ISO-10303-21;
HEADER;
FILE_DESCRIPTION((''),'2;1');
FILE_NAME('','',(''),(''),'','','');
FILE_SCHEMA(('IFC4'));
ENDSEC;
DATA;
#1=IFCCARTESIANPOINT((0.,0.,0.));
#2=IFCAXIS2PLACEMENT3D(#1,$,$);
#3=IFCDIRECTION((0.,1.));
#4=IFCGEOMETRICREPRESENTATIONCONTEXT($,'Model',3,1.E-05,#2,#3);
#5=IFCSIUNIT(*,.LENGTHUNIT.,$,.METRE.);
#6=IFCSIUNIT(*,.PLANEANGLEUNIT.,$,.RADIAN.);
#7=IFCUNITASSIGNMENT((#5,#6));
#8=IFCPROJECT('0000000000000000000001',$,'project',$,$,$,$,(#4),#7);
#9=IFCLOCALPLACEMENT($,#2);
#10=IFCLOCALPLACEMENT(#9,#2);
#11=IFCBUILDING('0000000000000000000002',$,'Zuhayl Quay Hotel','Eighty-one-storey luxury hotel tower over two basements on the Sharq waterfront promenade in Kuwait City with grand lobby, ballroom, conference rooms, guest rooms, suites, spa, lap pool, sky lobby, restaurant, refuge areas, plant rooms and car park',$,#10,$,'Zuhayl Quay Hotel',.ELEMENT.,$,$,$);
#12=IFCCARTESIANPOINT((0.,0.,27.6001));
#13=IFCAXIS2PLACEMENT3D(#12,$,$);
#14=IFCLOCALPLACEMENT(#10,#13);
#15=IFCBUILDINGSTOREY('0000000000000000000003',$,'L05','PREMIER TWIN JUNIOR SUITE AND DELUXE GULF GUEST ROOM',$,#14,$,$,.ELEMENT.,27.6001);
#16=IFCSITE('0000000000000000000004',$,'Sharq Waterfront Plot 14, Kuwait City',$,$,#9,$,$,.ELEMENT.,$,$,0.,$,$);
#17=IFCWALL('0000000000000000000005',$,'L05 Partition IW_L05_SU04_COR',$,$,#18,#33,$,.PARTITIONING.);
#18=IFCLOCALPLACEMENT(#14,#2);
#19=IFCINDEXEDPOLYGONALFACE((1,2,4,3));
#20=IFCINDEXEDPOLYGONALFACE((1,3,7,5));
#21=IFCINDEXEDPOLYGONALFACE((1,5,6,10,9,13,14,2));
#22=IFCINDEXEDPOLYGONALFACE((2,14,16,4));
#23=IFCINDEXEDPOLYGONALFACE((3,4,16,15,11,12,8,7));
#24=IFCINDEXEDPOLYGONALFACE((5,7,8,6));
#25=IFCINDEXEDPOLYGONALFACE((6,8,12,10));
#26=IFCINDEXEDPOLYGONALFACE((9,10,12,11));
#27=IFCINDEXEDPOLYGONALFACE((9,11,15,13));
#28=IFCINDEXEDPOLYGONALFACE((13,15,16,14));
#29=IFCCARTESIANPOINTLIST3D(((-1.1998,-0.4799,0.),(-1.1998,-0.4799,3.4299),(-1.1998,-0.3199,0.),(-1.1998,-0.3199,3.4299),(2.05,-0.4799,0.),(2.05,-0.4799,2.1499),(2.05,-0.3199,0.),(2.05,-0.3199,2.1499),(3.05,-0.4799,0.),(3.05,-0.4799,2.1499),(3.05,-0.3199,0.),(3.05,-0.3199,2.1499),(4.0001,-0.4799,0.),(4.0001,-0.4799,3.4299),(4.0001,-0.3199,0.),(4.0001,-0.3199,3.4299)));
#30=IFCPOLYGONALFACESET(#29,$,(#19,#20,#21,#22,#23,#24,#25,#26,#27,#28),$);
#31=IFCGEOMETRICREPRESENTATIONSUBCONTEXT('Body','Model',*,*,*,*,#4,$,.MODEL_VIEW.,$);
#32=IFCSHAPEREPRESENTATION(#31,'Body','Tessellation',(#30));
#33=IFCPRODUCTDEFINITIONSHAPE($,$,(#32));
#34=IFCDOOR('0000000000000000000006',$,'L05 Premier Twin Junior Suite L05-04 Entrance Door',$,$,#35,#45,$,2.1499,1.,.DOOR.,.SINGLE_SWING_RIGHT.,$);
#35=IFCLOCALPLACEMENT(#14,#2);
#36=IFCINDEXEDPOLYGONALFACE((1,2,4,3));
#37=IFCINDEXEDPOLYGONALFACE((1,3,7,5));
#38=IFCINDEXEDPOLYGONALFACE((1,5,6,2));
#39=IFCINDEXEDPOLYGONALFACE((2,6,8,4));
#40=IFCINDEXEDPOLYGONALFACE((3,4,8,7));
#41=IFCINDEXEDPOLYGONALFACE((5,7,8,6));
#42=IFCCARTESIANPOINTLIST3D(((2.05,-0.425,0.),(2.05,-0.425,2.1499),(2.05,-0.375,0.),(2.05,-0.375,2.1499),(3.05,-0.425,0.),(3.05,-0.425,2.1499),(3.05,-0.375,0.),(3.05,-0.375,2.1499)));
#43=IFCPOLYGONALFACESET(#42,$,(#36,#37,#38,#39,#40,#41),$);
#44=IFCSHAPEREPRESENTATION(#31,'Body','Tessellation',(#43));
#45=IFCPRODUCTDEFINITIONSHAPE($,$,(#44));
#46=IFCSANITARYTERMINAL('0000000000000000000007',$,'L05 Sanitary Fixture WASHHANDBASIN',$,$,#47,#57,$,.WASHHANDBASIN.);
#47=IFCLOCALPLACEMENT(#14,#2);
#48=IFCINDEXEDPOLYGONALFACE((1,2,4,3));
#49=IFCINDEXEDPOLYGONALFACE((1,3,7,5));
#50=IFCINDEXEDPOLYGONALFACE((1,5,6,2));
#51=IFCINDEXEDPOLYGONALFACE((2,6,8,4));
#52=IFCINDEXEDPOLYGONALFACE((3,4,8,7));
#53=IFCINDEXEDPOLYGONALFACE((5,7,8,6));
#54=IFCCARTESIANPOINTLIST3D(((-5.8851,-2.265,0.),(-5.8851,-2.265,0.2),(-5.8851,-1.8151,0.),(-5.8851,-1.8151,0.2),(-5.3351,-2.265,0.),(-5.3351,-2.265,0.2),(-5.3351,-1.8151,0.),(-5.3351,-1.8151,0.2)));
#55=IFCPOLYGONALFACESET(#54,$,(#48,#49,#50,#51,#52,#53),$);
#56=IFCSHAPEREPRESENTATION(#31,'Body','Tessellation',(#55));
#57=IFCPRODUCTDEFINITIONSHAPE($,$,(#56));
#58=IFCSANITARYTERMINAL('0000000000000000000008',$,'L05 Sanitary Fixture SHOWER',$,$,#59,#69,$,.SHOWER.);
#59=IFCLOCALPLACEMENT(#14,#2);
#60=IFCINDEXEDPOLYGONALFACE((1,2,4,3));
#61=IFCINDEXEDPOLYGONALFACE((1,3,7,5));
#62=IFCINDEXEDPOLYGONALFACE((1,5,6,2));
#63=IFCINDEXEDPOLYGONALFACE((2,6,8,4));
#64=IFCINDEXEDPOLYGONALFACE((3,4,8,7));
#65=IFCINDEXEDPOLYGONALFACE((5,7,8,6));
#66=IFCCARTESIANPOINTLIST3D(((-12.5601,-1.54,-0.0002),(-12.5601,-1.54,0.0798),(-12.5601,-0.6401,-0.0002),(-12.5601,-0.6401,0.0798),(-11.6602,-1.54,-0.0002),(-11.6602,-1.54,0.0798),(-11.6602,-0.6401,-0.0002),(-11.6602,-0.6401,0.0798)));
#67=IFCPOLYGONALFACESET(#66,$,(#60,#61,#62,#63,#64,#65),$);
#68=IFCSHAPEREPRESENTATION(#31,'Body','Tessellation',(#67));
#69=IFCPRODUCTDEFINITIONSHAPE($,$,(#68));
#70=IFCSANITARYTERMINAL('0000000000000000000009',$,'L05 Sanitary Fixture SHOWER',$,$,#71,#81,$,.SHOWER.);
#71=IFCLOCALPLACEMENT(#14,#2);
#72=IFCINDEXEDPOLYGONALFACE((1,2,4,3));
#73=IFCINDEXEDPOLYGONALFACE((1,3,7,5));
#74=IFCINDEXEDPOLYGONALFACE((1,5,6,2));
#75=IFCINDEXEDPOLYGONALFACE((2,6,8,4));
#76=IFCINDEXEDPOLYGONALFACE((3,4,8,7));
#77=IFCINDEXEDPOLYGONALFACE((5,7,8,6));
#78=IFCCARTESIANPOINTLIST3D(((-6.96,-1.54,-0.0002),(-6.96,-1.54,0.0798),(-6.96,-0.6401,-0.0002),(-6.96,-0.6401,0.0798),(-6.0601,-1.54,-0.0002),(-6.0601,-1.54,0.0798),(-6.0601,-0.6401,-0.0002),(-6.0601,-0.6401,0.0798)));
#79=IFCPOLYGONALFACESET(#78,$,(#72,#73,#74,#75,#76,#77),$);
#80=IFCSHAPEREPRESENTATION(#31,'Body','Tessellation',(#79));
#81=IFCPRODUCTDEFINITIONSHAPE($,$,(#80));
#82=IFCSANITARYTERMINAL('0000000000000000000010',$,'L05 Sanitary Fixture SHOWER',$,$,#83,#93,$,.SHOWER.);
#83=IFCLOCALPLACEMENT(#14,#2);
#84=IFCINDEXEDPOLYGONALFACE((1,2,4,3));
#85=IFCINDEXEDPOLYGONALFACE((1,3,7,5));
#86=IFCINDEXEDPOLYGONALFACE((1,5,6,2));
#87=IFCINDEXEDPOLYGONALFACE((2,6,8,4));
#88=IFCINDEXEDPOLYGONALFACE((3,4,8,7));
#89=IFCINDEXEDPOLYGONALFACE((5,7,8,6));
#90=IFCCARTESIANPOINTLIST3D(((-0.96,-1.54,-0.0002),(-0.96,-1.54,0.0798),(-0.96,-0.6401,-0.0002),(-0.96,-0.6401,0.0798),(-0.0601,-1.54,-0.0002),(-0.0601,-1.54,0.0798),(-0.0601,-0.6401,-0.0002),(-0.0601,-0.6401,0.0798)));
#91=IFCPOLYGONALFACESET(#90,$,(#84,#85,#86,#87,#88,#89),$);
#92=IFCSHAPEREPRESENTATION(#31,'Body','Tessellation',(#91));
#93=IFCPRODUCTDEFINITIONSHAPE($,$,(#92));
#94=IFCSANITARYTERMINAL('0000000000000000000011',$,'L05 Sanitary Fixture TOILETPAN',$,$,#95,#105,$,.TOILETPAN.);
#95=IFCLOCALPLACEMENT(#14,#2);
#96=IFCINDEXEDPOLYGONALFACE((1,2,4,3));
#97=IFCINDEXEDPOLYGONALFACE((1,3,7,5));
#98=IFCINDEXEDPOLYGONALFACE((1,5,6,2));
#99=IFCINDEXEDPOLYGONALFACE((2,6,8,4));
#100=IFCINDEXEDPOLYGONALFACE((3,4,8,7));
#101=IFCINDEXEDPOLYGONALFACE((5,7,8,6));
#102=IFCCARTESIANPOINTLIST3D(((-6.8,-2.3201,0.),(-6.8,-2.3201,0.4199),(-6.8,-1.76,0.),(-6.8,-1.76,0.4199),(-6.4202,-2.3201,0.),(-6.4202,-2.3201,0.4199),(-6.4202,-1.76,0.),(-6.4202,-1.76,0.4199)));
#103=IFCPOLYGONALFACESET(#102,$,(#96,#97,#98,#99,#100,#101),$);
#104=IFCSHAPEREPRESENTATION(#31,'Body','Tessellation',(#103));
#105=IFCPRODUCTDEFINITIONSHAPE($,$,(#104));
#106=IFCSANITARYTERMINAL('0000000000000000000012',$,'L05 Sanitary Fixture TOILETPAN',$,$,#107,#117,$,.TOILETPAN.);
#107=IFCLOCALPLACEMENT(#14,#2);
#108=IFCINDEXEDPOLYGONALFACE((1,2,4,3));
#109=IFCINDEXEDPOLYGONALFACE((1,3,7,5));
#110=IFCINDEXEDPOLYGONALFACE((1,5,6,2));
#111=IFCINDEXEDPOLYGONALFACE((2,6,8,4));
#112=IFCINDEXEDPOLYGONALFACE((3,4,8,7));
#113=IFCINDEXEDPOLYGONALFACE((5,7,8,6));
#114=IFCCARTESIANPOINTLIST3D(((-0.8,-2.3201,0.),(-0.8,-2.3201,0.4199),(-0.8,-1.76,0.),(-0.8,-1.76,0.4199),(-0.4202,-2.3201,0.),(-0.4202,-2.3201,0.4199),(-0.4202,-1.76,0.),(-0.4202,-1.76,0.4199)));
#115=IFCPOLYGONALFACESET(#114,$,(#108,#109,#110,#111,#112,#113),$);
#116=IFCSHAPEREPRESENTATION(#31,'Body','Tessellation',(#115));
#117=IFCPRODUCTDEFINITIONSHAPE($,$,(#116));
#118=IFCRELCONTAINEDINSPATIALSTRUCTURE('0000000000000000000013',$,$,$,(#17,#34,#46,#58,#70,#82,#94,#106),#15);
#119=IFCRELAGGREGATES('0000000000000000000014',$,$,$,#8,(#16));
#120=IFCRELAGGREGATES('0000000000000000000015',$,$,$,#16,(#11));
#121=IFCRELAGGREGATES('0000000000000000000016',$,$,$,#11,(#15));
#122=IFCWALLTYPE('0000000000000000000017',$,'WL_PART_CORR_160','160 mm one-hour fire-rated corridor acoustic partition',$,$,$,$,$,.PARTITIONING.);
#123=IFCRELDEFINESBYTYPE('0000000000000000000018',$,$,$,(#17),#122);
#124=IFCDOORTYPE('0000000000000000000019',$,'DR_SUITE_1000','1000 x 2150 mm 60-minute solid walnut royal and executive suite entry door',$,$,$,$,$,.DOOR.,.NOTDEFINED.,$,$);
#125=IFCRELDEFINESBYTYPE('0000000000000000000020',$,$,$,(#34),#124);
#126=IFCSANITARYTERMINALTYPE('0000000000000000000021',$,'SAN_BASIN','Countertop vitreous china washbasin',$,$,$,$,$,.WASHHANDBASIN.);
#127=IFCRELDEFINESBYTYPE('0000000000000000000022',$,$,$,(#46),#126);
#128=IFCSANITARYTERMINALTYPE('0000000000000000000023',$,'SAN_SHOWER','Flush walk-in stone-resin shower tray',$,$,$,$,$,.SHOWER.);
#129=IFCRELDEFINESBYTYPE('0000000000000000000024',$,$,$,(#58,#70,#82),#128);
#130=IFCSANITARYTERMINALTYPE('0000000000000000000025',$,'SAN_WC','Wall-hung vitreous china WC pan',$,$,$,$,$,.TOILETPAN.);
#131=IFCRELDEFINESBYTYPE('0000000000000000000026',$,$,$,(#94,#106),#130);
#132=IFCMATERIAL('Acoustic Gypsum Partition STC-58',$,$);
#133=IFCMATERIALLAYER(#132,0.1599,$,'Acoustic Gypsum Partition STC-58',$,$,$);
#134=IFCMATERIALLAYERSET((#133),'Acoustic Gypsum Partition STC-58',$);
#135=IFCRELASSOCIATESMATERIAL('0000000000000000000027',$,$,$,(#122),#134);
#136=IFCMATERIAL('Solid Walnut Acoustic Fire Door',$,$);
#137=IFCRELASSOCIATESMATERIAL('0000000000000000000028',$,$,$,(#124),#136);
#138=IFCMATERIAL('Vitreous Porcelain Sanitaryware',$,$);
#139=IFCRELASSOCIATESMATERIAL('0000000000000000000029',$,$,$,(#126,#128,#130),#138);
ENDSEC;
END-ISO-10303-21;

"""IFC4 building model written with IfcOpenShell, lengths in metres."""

from ifc_helpers import new_model, si_unit, direction, frame, frame_2d, origin, origin_2d, place, context, subcontext, project, spatial, rectangle, extrude, material, layer, layer_set, type_object, element, fill, save


model = new_model("IFC4")

# Units and contexts
model_context = context("Model", 3, precision=1e-05, world=origin(), true_north=direction((0.0, 1.0)))
body_context = subcontext(model_context, "Body", "Model", "MODEL_VIEW")
ifc_project = project(units=[si_unit("LENGTHUNIT", "METRE"), si_unit("PLANEANGLEUNIT", "RADIAN")], contexts=[model_context])

# Site, building, storey
site_placement = place(None, origin())
site = spatial("IfcSite", under=ifc_project, at=site_placement, Name="Sharq Waterfront Plot 14, Kuwait City", CompositionType="ELEMENT", RefElevation=0.0)
building_placement = place(site_placement, origin())
building = spatial("IfcBuilding", under=site, at=building_placement, Name="Zuhayl Quay Hotel", Description="Eighty-one-storey luxury hotel tower over two basements on the Sharq waterfront promenade in Kuwait City with grand lobby, ballroom, conference rooms, guest rooms, suites, spa, lap pool, sky lobby, restaurant, refuge areas, plant rooms and car park", LongName="Zuhayl Quay Hotel", CompositionType="ELEMENT")
storey_placement = place(building_placement, frame((0.0, 0.0, 27.6001)))
storey = spatial("IfcBuildingStorey", under=building, at=storey_placement, Name="L05", Description="PREMIER TWIN JUNIOR SUITE AND DELUXE GULF GUEST ROOM", CompositionType="ELEMENT", Elevation=27.6001)

# Wall, opening, door
ifc_material_1 = material(Name="Acoustic Gypsum Partition STC-58")
ifc_layer_1 = layer(ifc_material_1, 0.1599, Name="Acoustic Gypsum Partition STC-58")
ifc_layer_set_1 = layer_set([ifc_layer_1], Name="Acoustic Gypsum Partition STC-58")
wall_type = type_object("IfcWallType", Name="WL_PART_CORR_160", Description="160 mm one-hour fire-rated corridor acoustic partition", PredefinedType="PARTITIONING", material=ifc_layer_set_1)
ifc_material_2 = material(Name="Solid Walnut Acoustic Fire Door")
door_type = type_object("IfcDoorType", Name="DR_SUITE_1000", Description="1000 x 2150 mm 60-minute solid walnut royal and executive suite entry door", OperationType="NOTDEFINED", PredefinedType="DOOR", material=ifc_material_2)
wall_1_placement = place(storey_placement, frame((-1.2, -0.3999, 0.0), z_axis=(0.0, 0.0, 1.0), x_axis=(1.0, 0.0, 0.0)))
wall_1 = element("IfcWall", 1, at=wall_1_placement, inside=storey, type_object=wall_type, Name="L05 Partition IW_L05_SU04_COR", PredefinedType="PARTITIONING", context=body_context, shape_type="SweptSolid", body=[
    extrude(rectangle(XDim=5.2, YDim=0.1599, at=frame_2d((2.6001, 0.0))), origin(), (0.0, 0.0, 1.0), 3.4299),
])
opening_1_placement = place(wall_1_placement, frame((3.25, 0.0, 0.0)))
opening_1 = element("IfcOpeningElement", 2, at=opening_1_placement, cuts=wall_1, PredefinedType="OPENING", context=body_context, shape_type="SweptSolid", body=[
    extrude(rectangle(XDim=1.0, YDim=2.1499, at=frame_2d((0.5, 1.075))), frame((0.0, 0.0898, 0.0), z_axis=(0.0, -1.0, 0.0), x_axis=(1.0, 0.0, 0.0)), (0.0, 0.0, 1.0), 0.1799),
])
door_1_placement = place(opening_1_placement, origin())
door_1 = element("IfcDoor", 3, at=door_1_placement, inside=storey, type_object=door_type, Name="L05 Premier Twin Junior Suite L05-04 Entrance Door", OperationType="SINGLE_SWING_RIGHT", OverallHeight=2.1499, OverallWidth=1.0, PredefinedType="DOOR", context=body_context, shape_type="SweptSolid", body=[
    extrude(rectangle(XDim=1.0, YDim=2.1499, at=frame_2d((0.5, 1.075))), frame((0.0, 0.0249, 0.0), z_axis=(0.0, -1.0, 0.0), x_axis=(1.0, 0.0, 0.0)), (0.0, 0.0, 1.0), 0.05),
])
fill(opening_1, door_1)

# Sanitary terminals
ifc_material_3 = material(Name="Vitreous Porcelain Sanitaryware")
sanitary_terminal_type_1 = type_object("IfcSanitaryTerminalType", Name="SAN_BASIN", Description="Countertop vitreous china washbasin", PredefinedType="WASHHANDBASIN", material=ifc_material_3)
sanitary_terminal_placement = place(storey_placement, frame((-5.6101, -2.04, 0.0), z_axis=(0.0, 0.0, 1.0), x_axis=(1.0, 0.0, 0.0)))
element("IfcSanitaryTerminal", 4, at=sanitary_terminal_placement, inside=storey, type_object=sanitary_terminal_type_1, Name="L05 Sanitary Fixture WASHHANDBASIN", PredefinedType="WASHHANDBASIN", context=body_context, shape_type="SweptSolid", body=[
    extrude(rectangle(XDim=0.55, YDim=0.45, at=origin_2d()), origin(), (0.0, 0.0, 1.0), 0.2),
])
sanitary_terminal_type_2 = type_object("IfcSanitaryTerminalType", Name="SAN_SHOWER", Description="Flush walk-in stone-resin shower tray", PredefinedType="SHOWER", material=ifc_material_3)
for number, where, z_axis, x_axis, name in (
    (5, (-12.1101, -1.0901, -0.0002), (0.0, 0.0, 1.0), (1.0, 0.0, 0.0), "L05 Sanitary Fixture SHOWER"),
    (6, (-6.51, -1.0901, -0.0002), (0.0, 0.0, 1.0), (1.0, 0.0, 0.0), "L05 Sanitary Fixture SHOWER"),
    (7, (-0.51, -1.0901, -0.0002), (0.0, 0.0, 1.0), (1.0, 0.0, 0.0), "L05 Sanitary Fixture SHOWER"),
):
    element("IfcSanitaryTerminal", number, at=place(storey_placement, frame(where, z_axis=z_axis, x_axis=x_axis)), inside=storey, type_object=sanitary_terminal_type_2, Name=name, PredefinedType="SHOWER", context=body_context, shape_type="SweptSolid", body=[
        extrude(rectangle(XDim=0.8999, YDim=0.8999, at=origin_2d()), origin(), (0.0, 0.0, 1.0), 0.0801),
    ])
sanitary_terminal_type_3 = type_object("IfcSanitaryTerminalType", Name="SAN_WC", Description="Wall-hung vitreous china WC pan", PredefinedType="TOILETPAN", material=ifc_material_3)
for number, where, z_axis, x_axis, name in (
    (8, (-6.6101, -2.04, 0.0), (0.0, 0.0, 1.0), (1.0, 0.0, 0.0), "L05 Sanitary Fixture TOILETPAN"),
    (9, (-0.6101, -2.04, 0.0), (0.0, 0.0, 1.0), (1.0, 0.0, 0.0), "L05 Sanitary Fixture TOILETPAN"),
):
    element("IfcSanitaryTerminal", number, at=place(storey_placement, frame(where, z_axis=z_axis, x_axis=x_axis)), inside=storey, type_object=sanitary_terminal_type_3, Name=name, PredefinedType="TOILETPAN", context=body_context, shape_type="SweptSolid", body=[
        extrude(rectangle(XDim=0.3799, YDim=0.5601, at=origin_2d()), origin(), (0.0, 0.0, 1.0), 0.4199),
    ])

save(model, "model.ifc")
